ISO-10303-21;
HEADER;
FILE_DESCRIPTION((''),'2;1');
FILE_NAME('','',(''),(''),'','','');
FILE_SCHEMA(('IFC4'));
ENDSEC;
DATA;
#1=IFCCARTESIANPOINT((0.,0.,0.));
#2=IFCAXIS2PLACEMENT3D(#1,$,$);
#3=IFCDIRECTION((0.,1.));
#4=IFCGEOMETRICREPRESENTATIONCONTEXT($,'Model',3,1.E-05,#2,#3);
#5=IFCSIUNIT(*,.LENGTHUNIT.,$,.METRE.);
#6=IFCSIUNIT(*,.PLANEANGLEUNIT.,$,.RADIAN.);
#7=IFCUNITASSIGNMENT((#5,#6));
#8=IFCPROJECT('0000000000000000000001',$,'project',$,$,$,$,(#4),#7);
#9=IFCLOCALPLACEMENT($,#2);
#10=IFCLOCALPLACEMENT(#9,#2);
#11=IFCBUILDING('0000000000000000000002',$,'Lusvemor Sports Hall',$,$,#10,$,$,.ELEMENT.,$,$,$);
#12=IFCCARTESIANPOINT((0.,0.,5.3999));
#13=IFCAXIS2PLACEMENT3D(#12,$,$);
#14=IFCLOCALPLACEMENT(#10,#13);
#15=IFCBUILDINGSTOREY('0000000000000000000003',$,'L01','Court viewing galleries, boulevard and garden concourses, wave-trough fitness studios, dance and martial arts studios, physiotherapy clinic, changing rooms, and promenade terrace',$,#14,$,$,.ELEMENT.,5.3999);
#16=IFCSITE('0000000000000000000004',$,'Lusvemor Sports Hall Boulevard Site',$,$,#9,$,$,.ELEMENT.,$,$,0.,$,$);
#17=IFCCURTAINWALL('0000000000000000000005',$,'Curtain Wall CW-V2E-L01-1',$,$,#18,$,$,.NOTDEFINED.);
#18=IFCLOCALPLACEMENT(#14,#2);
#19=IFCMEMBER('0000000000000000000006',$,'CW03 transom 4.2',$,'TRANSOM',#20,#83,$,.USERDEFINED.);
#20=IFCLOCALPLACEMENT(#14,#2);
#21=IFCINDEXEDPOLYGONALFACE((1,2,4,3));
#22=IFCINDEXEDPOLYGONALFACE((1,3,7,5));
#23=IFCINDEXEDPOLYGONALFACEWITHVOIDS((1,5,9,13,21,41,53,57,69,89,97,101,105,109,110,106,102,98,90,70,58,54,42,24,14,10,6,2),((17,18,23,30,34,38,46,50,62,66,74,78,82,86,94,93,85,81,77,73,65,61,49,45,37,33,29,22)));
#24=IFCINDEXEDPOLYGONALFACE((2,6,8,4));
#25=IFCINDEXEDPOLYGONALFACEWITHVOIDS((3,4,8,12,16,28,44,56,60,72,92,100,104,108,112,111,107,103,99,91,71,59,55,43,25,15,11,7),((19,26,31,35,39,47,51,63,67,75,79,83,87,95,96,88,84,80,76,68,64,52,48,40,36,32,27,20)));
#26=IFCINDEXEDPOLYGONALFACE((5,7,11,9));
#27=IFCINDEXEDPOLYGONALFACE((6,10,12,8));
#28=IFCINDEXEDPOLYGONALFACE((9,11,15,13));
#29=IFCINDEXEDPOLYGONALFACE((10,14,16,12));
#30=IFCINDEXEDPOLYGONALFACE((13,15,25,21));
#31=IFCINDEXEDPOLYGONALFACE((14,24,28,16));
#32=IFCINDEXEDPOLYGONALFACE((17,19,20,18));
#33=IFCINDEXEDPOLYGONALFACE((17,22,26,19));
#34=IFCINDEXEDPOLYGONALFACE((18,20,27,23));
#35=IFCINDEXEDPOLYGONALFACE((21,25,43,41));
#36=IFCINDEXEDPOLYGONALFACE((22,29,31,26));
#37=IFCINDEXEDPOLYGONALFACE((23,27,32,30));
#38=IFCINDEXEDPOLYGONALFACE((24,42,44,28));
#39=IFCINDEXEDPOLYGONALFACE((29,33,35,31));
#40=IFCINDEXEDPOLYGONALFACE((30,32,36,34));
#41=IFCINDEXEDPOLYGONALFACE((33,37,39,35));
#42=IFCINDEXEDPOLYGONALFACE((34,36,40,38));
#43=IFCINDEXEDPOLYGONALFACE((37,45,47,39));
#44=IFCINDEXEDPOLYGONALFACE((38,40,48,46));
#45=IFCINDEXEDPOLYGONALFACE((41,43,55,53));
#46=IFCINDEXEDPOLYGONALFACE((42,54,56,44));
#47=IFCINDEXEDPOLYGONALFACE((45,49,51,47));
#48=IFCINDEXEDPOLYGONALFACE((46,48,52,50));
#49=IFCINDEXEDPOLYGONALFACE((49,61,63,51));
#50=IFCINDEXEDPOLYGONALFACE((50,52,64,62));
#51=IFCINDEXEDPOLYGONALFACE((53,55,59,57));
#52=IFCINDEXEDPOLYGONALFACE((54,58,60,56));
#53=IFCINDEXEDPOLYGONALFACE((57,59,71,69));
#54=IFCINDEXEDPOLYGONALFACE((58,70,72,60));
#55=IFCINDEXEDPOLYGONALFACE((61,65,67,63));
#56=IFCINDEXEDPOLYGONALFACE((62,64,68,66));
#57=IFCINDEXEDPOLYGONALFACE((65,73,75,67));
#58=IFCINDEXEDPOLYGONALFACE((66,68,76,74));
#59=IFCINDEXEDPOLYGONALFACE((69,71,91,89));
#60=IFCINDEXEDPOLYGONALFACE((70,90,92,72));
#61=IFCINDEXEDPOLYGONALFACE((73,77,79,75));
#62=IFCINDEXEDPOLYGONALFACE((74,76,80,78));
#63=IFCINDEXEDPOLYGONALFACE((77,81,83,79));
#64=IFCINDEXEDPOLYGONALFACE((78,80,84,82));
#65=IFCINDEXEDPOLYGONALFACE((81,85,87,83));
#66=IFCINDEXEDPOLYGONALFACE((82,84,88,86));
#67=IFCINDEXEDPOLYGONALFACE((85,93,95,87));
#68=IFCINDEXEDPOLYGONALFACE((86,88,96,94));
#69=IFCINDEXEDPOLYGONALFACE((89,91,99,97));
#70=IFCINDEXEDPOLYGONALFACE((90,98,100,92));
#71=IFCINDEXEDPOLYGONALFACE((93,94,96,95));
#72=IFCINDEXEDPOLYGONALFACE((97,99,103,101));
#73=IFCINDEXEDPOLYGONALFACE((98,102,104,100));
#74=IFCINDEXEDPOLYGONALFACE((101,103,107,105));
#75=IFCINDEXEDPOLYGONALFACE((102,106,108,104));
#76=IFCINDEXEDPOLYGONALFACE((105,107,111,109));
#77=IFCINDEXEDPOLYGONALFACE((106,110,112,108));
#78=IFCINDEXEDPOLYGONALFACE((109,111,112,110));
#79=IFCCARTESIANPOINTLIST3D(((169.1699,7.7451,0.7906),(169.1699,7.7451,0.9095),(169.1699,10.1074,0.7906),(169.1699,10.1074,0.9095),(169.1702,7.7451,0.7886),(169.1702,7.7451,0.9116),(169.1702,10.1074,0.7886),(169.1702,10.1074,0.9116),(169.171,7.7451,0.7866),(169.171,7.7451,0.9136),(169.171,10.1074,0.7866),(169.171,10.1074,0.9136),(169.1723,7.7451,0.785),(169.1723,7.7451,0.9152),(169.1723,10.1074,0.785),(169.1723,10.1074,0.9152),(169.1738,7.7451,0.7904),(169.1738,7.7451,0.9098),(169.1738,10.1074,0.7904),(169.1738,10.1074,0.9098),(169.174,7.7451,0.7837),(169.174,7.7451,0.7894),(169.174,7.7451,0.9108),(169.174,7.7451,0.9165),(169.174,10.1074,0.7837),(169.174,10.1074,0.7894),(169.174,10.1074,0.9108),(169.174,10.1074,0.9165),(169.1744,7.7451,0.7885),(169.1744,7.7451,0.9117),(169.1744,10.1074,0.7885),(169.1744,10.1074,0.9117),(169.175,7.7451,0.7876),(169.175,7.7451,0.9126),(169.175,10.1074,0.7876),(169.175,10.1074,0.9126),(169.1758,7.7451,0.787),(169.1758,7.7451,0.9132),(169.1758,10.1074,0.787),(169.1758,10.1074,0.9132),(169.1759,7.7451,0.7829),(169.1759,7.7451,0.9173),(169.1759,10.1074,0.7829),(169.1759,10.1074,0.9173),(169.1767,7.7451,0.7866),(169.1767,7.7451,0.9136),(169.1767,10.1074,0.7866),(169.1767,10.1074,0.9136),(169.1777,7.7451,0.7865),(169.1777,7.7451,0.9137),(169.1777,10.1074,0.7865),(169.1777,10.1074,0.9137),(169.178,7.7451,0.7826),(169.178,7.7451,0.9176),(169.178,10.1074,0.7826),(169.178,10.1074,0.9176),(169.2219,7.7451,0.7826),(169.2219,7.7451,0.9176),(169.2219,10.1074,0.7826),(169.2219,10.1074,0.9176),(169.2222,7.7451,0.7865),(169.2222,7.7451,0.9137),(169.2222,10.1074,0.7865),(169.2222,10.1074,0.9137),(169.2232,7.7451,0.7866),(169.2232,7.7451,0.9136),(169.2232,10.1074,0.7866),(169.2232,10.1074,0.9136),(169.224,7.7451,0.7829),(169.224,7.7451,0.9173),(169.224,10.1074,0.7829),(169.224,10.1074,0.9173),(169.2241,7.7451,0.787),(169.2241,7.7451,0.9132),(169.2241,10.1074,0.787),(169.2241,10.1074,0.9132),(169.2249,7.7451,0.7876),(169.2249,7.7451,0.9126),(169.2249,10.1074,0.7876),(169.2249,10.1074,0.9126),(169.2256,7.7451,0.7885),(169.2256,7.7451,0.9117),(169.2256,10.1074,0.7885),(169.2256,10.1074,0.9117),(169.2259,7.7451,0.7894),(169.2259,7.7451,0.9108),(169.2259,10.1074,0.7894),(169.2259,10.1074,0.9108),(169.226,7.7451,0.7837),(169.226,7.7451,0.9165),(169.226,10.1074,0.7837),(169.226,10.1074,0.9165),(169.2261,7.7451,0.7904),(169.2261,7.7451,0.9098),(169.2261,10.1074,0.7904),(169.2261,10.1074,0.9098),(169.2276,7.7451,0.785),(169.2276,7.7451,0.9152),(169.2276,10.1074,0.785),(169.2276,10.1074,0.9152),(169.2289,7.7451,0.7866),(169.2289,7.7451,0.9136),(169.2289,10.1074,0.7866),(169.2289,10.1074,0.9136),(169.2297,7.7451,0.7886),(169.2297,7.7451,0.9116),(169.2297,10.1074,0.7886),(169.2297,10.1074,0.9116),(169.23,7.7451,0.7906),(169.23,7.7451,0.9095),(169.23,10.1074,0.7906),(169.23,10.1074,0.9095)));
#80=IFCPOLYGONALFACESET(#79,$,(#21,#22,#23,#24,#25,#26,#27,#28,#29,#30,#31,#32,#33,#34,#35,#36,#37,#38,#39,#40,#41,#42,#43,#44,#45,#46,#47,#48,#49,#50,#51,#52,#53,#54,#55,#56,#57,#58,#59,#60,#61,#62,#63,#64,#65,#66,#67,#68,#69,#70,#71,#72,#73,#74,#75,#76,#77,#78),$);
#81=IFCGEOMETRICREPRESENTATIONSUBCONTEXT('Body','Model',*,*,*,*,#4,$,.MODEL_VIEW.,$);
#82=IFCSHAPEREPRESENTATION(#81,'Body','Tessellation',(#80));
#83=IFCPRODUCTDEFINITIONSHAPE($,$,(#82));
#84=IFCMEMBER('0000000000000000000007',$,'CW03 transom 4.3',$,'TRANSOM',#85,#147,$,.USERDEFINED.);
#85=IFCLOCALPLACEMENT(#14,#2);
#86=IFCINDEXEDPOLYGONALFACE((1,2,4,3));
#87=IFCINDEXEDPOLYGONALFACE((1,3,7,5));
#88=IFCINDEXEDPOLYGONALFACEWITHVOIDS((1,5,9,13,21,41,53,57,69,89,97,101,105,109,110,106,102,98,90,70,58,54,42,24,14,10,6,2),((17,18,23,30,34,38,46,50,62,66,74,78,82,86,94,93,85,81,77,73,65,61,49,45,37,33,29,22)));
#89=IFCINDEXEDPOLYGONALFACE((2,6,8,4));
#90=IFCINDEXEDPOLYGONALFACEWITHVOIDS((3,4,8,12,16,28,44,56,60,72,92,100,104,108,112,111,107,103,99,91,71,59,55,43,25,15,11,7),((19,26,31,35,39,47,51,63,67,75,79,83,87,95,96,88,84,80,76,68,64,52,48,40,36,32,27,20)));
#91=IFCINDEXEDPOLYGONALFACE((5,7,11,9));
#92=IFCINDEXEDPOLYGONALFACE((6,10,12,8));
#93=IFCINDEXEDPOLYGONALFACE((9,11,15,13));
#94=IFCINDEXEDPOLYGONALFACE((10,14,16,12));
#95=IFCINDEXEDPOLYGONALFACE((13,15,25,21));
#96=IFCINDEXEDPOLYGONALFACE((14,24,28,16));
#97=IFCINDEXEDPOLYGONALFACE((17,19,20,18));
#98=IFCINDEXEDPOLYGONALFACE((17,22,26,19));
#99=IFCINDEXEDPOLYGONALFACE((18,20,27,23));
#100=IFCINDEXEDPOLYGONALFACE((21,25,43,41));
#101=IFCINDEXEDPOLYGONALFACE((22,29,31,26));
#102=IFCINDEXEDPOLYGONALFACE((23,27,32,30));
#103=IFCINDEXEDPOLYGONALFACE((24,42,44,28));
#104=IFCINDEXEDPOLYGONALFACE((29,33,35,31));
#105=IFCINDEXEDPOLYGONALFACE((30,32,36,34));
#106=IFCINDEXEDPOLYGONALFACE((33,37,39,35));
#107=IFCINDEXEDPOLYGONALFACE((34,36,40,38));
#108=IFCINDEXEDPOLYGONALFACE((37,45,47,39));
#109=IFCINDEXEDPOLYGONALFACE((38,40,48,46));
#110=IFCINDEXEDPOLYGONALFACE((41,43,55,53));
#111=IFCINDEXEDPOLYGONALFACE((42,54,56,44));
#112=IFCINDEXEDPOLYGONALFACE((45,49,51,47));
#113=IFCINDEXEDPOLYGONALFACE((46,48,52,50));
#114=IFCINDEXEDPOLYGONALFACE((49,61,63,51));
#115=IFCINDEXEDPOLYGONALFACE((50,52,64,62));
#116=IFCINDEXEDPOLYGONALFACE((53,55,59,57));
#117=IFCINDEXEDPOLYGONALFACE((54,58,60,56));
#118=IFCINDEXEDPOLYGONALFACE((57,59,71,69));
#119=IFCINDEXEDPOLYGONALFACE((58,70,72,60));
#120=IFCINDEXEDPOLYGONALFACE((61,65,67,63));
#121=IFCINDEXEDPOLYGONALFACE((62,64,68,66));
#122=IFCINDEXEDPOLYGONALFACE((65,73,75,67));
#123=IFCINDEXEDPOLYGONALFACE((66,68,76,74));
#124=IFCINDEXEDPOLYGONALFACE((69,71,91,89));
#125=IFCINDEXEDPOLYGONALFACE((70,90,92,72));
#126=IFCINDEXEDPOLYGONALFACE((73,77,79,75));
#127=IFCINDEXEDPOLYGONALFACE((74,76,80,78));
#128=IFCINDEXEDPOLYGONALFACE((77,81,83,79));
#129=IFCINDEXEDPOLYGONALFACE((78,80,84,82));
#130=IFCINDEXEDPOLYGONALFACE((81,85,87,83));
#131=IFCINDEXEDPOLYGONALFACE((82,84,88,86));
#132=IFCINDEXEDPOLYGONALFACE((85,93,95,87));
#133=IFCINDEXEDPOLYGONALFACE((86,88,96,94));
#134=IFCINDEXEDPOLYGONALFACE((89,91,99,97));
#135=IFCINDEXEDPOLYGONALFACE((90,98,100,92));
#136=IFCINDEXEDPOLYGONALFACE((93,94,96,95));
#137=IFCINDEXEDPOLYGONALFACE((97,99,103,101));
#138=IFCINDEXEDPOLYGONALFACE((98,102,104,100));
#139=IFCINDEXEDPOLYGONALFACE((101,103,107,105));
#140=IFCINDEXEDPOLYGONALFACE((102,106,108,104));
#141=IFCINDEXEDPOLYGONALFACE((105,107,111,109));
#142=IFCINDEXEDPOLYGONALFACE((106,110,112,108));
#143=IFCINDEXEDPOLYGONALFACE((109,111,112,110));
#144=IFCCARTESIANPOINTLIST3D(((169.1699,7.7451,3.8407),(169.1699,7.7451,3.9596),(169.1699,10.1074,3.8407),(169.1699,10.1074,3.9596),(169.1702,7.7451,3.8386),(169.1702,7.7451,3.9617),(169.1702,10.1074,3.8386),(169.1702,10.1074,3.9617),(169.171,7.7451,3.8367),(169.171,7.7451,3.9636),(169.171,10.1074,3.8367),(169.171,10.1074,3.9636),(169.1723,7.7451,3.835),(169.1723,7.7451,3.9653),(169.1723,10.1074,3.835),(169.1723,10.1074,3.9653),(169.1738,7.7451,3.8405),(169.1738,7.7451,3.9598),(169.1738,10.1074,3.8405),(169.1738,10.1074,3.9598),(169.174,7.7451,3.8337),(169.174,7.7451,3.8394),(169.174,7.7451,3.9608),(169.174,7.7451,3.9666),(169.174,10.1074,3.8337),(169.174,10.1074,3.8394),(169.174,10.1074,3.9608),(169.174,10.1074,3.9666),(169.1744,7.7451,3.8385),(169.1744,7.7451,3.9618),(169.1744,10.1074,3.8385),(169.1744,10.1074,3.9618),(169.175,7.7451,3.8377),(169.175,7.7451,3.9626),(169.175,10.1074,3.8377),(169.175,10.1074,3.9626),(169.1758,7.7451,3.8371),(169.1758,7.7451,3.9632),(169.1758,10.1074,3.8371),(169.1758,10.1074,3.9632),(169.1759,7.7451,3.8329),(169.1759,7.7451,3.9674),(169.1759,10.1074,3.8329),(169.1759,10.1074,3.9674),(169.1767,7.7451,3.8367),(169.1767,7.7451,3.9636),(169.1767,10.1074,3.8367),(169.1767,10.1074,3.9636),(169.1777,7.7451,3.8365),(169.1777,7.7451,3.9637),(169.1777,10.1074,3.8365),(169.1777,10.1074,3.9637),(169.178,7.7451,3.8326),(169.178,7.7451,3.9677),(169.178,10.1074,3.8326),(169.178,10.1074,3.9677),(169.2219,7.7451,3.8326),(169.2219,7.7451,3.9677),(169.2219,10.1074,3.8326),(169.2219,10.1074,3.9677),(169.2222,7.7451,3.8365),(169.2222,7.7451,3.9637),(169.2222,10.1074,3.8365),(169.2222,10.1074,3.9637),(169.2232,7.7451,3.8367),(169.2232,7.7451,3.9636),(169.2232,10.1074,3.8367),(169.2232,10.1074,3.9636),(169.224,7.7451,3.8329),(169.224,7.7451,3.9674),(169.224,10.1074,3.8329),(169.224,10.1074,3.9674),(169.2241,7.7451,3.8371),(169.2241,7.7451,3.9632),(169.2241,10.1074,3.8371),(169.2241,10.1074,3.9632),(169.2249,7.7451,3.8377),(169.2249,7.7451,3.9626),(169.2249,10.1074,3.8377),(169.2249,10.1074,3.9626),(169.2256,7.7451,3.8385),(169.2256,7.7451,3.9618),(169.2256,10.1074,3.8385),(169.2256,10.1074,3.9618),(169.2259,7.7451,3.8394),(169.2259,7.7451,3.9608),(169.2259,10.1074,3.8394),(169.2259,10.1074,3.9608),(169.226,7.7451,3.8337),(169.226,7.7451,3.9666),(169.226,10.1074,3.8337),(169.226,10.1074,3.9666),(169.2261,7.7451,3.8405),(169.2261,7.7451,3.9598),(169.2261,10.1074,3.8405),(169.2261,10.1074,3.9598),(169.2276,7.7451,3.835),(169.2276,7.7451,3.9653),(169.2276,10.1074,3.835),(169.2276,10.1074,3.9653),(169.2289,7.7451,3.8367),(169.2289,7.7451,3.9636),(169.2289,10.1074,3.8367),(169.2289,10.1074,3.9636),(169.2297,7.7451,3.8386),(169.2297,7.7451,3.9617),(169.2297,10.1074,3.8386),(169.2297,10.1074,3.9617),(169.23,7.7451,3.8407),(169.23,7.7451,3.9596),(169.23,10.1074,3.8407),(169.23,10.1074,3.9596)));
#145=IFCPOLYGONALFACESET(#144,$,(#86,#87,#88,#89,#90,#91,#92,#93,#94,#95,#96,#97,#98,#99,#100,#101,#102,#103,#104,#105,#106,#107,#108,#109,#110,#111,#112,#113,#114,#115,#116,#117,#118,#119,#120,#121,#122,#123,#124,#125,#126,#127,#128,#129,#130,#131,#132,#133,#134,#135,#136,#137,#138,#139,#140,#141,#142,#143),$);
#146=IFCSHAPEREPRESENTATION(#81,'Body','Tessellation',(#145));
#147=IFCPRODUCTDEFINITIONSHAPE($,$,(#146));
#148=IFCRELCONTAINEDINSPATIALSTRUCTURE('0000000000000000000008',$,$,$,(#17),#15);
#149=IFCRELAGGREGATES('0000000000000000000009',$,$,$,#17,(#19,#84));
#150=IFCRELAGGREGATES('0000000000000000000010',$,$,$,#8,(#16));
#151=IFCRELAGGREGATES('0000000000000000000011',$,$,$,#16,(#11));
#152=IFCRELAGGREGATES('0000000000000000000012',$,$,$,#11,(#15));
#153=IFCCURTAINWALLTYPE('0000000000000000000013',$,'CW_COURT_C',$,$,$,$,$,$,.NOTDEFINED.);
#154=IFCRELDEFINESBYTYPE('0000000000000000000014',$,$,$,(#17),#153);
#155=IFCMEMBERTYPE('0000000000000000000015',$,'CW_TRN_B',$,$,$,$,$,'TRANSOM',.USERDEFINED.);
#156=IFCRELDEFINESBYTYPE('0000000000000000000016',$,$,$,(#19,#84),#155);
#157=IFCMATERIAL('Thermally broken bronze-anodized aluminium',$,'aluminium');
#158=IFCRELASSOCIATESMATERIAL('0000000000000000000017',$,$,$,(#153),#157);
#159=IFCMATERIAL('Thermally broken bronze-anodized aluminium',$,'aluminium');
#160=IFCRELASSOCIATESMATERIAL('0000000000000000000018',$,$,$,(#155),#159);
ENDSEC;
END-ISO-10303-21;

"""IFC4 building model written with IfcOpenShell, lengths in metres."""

from ifc_helpers import new_model, si_unit, direction, frame, origin, origin_2d, place, context, subcontext, project, spatial, hollow_rectangle, extrude, material, material_profile, profile_set, type_object, element, aggregate, save


model = new_model("IFC4")

# Units and contexts
model_context = context("Model", 3, precision=1e-05, world=origin(), true_north=direction((0.0, 1.0)))
body_context = subcontext(model_context, "Body", "Model", "MODEL_VIEW")
ifc_project = project(units=[si_unit("LENGTHUNIT", "METRE"), si_unit("PLANEANGLEUNIT", "RADIAN")], contexts=[model_context])

# Site, building, storey
site_placement = place(None, origin())
site = spatial("IfcSite", under=ifc_project, at=site_placement, Name="Lusvemor Sports Hall Boulevard Site", CompositionType="ELEMENT", RefElevation=0.0)
building_placement = place(site_placement, origin())
building = spatial("IfcBuilding", under=site, at=building_placement, Name="Lusvemor Sports Hall", CompositionType="ELEMENT")
storey_placement = place(building_placement, frame((0.0, 0.0, 5.3999)))
storey = spatial("IfcBuildingStorey", under=building, at=storey_placement, Name="L01", Description="Court viewing galleries, boulevard and garden concourses, wave-trough fitness studios, dance and martial arts studios, physiotherapy clinic, changing rooms, and promenade terrace", CompositionType="ELEMENT", Elevation=5.3999)

# Curtain wall, members
ifc_material_1 = material(Name="Thermally broken bronze-anodized aluminium", Category="aluminium")
curtain_wall_type = type_object("IfcCurtainWallType", Name="CW_COURT_C", PredefinedType="NOTDEFINED", material=ifc_material_1)
curtain_wall_placement = place(storey_placement, origin())
curtain_wall = element("IfcCurtainWall", 1, at=curtain_wall_placement, inside=storey, type_object=curtain_wall_type, Name="Curtain Wall CW-V2E-L01-1", PredefinedType="NOTDEFINED")
ifc_material_2 = material(Name="Thermally broken bronze-anodized aluminium", Category="aluminium")
ifc_material_profile_1 = material_profile(ifc_material_2, hollow_rectangle(XDim=0.0601, YDim=0.135, WallThickness=0.0039, InnerFilletRadius=0.0039, OuterFilletRadius=0.0081, at=origin_2d()), Name="CWTRN135x60x4")
ifc_profile_set_1 = profile_set([ifc_material_profile_1], Name="Thermally broken bronze-anodized aluminium")
member_type_1 = type_object("IfcMemberType", Name="CW_TRN_B", ElementType="TRANSOM", PredefinedType="USERDEFINED", material=ifc_profile_set_1)
member_1_placement = place(storey_placement, frame((169.2, 10.1074, 0.8501), z_axis=(0.0, -1.0, 0.0), x_axis=(1.0, 0.0, 0.0)))
member_1 = element("IfcMember", 2, at=member_1_placement, type_object=member_type_1, Name="CW03 transom 4.2", ObjectType="TRANSOM", PredefinedType="USERDEFINED", context=body_context, shape_type="SweptSolid", body=[
    extrude(hollow_rectangle(XDim=0.0601, YDim=0.135, WallThickness=0.0039, InnerFilletRadius=0.0039, OuterFilletRadius=0.0081, at=origin_2d()), origin(), (0.0, 0.0, 1.0), 2.3623),
])
member_2_placement = place(storey_placement, frame((169.2, 10.1074, 3.9001), z_axis=(0.0, -1.0, 0.0), x_axis=(1.0, 0.0, 0.0)))
member_2 = element("IfcMember", 3, at=member_2_placement, type_object=member_type_1, Name="CW03 transom 4.3", ObjectType="TRANSOM", PredefinedType="USERDEFINED", context=body_context, shape_type="SweptSolid", body=[
    extrude(hollow_rectangle(XDim=0.0601, YDim=0.135, WallThickness=0.0039, InnerFilletRadius=0.0039, OuterFilletRadius=0.0081, at=origin_2d()), origin(), (0.0, 0.0, 1.0), 2.3623),
])

aggregate(curtain_wall, [member_1, member_2])

save(model, "model.ifc")
